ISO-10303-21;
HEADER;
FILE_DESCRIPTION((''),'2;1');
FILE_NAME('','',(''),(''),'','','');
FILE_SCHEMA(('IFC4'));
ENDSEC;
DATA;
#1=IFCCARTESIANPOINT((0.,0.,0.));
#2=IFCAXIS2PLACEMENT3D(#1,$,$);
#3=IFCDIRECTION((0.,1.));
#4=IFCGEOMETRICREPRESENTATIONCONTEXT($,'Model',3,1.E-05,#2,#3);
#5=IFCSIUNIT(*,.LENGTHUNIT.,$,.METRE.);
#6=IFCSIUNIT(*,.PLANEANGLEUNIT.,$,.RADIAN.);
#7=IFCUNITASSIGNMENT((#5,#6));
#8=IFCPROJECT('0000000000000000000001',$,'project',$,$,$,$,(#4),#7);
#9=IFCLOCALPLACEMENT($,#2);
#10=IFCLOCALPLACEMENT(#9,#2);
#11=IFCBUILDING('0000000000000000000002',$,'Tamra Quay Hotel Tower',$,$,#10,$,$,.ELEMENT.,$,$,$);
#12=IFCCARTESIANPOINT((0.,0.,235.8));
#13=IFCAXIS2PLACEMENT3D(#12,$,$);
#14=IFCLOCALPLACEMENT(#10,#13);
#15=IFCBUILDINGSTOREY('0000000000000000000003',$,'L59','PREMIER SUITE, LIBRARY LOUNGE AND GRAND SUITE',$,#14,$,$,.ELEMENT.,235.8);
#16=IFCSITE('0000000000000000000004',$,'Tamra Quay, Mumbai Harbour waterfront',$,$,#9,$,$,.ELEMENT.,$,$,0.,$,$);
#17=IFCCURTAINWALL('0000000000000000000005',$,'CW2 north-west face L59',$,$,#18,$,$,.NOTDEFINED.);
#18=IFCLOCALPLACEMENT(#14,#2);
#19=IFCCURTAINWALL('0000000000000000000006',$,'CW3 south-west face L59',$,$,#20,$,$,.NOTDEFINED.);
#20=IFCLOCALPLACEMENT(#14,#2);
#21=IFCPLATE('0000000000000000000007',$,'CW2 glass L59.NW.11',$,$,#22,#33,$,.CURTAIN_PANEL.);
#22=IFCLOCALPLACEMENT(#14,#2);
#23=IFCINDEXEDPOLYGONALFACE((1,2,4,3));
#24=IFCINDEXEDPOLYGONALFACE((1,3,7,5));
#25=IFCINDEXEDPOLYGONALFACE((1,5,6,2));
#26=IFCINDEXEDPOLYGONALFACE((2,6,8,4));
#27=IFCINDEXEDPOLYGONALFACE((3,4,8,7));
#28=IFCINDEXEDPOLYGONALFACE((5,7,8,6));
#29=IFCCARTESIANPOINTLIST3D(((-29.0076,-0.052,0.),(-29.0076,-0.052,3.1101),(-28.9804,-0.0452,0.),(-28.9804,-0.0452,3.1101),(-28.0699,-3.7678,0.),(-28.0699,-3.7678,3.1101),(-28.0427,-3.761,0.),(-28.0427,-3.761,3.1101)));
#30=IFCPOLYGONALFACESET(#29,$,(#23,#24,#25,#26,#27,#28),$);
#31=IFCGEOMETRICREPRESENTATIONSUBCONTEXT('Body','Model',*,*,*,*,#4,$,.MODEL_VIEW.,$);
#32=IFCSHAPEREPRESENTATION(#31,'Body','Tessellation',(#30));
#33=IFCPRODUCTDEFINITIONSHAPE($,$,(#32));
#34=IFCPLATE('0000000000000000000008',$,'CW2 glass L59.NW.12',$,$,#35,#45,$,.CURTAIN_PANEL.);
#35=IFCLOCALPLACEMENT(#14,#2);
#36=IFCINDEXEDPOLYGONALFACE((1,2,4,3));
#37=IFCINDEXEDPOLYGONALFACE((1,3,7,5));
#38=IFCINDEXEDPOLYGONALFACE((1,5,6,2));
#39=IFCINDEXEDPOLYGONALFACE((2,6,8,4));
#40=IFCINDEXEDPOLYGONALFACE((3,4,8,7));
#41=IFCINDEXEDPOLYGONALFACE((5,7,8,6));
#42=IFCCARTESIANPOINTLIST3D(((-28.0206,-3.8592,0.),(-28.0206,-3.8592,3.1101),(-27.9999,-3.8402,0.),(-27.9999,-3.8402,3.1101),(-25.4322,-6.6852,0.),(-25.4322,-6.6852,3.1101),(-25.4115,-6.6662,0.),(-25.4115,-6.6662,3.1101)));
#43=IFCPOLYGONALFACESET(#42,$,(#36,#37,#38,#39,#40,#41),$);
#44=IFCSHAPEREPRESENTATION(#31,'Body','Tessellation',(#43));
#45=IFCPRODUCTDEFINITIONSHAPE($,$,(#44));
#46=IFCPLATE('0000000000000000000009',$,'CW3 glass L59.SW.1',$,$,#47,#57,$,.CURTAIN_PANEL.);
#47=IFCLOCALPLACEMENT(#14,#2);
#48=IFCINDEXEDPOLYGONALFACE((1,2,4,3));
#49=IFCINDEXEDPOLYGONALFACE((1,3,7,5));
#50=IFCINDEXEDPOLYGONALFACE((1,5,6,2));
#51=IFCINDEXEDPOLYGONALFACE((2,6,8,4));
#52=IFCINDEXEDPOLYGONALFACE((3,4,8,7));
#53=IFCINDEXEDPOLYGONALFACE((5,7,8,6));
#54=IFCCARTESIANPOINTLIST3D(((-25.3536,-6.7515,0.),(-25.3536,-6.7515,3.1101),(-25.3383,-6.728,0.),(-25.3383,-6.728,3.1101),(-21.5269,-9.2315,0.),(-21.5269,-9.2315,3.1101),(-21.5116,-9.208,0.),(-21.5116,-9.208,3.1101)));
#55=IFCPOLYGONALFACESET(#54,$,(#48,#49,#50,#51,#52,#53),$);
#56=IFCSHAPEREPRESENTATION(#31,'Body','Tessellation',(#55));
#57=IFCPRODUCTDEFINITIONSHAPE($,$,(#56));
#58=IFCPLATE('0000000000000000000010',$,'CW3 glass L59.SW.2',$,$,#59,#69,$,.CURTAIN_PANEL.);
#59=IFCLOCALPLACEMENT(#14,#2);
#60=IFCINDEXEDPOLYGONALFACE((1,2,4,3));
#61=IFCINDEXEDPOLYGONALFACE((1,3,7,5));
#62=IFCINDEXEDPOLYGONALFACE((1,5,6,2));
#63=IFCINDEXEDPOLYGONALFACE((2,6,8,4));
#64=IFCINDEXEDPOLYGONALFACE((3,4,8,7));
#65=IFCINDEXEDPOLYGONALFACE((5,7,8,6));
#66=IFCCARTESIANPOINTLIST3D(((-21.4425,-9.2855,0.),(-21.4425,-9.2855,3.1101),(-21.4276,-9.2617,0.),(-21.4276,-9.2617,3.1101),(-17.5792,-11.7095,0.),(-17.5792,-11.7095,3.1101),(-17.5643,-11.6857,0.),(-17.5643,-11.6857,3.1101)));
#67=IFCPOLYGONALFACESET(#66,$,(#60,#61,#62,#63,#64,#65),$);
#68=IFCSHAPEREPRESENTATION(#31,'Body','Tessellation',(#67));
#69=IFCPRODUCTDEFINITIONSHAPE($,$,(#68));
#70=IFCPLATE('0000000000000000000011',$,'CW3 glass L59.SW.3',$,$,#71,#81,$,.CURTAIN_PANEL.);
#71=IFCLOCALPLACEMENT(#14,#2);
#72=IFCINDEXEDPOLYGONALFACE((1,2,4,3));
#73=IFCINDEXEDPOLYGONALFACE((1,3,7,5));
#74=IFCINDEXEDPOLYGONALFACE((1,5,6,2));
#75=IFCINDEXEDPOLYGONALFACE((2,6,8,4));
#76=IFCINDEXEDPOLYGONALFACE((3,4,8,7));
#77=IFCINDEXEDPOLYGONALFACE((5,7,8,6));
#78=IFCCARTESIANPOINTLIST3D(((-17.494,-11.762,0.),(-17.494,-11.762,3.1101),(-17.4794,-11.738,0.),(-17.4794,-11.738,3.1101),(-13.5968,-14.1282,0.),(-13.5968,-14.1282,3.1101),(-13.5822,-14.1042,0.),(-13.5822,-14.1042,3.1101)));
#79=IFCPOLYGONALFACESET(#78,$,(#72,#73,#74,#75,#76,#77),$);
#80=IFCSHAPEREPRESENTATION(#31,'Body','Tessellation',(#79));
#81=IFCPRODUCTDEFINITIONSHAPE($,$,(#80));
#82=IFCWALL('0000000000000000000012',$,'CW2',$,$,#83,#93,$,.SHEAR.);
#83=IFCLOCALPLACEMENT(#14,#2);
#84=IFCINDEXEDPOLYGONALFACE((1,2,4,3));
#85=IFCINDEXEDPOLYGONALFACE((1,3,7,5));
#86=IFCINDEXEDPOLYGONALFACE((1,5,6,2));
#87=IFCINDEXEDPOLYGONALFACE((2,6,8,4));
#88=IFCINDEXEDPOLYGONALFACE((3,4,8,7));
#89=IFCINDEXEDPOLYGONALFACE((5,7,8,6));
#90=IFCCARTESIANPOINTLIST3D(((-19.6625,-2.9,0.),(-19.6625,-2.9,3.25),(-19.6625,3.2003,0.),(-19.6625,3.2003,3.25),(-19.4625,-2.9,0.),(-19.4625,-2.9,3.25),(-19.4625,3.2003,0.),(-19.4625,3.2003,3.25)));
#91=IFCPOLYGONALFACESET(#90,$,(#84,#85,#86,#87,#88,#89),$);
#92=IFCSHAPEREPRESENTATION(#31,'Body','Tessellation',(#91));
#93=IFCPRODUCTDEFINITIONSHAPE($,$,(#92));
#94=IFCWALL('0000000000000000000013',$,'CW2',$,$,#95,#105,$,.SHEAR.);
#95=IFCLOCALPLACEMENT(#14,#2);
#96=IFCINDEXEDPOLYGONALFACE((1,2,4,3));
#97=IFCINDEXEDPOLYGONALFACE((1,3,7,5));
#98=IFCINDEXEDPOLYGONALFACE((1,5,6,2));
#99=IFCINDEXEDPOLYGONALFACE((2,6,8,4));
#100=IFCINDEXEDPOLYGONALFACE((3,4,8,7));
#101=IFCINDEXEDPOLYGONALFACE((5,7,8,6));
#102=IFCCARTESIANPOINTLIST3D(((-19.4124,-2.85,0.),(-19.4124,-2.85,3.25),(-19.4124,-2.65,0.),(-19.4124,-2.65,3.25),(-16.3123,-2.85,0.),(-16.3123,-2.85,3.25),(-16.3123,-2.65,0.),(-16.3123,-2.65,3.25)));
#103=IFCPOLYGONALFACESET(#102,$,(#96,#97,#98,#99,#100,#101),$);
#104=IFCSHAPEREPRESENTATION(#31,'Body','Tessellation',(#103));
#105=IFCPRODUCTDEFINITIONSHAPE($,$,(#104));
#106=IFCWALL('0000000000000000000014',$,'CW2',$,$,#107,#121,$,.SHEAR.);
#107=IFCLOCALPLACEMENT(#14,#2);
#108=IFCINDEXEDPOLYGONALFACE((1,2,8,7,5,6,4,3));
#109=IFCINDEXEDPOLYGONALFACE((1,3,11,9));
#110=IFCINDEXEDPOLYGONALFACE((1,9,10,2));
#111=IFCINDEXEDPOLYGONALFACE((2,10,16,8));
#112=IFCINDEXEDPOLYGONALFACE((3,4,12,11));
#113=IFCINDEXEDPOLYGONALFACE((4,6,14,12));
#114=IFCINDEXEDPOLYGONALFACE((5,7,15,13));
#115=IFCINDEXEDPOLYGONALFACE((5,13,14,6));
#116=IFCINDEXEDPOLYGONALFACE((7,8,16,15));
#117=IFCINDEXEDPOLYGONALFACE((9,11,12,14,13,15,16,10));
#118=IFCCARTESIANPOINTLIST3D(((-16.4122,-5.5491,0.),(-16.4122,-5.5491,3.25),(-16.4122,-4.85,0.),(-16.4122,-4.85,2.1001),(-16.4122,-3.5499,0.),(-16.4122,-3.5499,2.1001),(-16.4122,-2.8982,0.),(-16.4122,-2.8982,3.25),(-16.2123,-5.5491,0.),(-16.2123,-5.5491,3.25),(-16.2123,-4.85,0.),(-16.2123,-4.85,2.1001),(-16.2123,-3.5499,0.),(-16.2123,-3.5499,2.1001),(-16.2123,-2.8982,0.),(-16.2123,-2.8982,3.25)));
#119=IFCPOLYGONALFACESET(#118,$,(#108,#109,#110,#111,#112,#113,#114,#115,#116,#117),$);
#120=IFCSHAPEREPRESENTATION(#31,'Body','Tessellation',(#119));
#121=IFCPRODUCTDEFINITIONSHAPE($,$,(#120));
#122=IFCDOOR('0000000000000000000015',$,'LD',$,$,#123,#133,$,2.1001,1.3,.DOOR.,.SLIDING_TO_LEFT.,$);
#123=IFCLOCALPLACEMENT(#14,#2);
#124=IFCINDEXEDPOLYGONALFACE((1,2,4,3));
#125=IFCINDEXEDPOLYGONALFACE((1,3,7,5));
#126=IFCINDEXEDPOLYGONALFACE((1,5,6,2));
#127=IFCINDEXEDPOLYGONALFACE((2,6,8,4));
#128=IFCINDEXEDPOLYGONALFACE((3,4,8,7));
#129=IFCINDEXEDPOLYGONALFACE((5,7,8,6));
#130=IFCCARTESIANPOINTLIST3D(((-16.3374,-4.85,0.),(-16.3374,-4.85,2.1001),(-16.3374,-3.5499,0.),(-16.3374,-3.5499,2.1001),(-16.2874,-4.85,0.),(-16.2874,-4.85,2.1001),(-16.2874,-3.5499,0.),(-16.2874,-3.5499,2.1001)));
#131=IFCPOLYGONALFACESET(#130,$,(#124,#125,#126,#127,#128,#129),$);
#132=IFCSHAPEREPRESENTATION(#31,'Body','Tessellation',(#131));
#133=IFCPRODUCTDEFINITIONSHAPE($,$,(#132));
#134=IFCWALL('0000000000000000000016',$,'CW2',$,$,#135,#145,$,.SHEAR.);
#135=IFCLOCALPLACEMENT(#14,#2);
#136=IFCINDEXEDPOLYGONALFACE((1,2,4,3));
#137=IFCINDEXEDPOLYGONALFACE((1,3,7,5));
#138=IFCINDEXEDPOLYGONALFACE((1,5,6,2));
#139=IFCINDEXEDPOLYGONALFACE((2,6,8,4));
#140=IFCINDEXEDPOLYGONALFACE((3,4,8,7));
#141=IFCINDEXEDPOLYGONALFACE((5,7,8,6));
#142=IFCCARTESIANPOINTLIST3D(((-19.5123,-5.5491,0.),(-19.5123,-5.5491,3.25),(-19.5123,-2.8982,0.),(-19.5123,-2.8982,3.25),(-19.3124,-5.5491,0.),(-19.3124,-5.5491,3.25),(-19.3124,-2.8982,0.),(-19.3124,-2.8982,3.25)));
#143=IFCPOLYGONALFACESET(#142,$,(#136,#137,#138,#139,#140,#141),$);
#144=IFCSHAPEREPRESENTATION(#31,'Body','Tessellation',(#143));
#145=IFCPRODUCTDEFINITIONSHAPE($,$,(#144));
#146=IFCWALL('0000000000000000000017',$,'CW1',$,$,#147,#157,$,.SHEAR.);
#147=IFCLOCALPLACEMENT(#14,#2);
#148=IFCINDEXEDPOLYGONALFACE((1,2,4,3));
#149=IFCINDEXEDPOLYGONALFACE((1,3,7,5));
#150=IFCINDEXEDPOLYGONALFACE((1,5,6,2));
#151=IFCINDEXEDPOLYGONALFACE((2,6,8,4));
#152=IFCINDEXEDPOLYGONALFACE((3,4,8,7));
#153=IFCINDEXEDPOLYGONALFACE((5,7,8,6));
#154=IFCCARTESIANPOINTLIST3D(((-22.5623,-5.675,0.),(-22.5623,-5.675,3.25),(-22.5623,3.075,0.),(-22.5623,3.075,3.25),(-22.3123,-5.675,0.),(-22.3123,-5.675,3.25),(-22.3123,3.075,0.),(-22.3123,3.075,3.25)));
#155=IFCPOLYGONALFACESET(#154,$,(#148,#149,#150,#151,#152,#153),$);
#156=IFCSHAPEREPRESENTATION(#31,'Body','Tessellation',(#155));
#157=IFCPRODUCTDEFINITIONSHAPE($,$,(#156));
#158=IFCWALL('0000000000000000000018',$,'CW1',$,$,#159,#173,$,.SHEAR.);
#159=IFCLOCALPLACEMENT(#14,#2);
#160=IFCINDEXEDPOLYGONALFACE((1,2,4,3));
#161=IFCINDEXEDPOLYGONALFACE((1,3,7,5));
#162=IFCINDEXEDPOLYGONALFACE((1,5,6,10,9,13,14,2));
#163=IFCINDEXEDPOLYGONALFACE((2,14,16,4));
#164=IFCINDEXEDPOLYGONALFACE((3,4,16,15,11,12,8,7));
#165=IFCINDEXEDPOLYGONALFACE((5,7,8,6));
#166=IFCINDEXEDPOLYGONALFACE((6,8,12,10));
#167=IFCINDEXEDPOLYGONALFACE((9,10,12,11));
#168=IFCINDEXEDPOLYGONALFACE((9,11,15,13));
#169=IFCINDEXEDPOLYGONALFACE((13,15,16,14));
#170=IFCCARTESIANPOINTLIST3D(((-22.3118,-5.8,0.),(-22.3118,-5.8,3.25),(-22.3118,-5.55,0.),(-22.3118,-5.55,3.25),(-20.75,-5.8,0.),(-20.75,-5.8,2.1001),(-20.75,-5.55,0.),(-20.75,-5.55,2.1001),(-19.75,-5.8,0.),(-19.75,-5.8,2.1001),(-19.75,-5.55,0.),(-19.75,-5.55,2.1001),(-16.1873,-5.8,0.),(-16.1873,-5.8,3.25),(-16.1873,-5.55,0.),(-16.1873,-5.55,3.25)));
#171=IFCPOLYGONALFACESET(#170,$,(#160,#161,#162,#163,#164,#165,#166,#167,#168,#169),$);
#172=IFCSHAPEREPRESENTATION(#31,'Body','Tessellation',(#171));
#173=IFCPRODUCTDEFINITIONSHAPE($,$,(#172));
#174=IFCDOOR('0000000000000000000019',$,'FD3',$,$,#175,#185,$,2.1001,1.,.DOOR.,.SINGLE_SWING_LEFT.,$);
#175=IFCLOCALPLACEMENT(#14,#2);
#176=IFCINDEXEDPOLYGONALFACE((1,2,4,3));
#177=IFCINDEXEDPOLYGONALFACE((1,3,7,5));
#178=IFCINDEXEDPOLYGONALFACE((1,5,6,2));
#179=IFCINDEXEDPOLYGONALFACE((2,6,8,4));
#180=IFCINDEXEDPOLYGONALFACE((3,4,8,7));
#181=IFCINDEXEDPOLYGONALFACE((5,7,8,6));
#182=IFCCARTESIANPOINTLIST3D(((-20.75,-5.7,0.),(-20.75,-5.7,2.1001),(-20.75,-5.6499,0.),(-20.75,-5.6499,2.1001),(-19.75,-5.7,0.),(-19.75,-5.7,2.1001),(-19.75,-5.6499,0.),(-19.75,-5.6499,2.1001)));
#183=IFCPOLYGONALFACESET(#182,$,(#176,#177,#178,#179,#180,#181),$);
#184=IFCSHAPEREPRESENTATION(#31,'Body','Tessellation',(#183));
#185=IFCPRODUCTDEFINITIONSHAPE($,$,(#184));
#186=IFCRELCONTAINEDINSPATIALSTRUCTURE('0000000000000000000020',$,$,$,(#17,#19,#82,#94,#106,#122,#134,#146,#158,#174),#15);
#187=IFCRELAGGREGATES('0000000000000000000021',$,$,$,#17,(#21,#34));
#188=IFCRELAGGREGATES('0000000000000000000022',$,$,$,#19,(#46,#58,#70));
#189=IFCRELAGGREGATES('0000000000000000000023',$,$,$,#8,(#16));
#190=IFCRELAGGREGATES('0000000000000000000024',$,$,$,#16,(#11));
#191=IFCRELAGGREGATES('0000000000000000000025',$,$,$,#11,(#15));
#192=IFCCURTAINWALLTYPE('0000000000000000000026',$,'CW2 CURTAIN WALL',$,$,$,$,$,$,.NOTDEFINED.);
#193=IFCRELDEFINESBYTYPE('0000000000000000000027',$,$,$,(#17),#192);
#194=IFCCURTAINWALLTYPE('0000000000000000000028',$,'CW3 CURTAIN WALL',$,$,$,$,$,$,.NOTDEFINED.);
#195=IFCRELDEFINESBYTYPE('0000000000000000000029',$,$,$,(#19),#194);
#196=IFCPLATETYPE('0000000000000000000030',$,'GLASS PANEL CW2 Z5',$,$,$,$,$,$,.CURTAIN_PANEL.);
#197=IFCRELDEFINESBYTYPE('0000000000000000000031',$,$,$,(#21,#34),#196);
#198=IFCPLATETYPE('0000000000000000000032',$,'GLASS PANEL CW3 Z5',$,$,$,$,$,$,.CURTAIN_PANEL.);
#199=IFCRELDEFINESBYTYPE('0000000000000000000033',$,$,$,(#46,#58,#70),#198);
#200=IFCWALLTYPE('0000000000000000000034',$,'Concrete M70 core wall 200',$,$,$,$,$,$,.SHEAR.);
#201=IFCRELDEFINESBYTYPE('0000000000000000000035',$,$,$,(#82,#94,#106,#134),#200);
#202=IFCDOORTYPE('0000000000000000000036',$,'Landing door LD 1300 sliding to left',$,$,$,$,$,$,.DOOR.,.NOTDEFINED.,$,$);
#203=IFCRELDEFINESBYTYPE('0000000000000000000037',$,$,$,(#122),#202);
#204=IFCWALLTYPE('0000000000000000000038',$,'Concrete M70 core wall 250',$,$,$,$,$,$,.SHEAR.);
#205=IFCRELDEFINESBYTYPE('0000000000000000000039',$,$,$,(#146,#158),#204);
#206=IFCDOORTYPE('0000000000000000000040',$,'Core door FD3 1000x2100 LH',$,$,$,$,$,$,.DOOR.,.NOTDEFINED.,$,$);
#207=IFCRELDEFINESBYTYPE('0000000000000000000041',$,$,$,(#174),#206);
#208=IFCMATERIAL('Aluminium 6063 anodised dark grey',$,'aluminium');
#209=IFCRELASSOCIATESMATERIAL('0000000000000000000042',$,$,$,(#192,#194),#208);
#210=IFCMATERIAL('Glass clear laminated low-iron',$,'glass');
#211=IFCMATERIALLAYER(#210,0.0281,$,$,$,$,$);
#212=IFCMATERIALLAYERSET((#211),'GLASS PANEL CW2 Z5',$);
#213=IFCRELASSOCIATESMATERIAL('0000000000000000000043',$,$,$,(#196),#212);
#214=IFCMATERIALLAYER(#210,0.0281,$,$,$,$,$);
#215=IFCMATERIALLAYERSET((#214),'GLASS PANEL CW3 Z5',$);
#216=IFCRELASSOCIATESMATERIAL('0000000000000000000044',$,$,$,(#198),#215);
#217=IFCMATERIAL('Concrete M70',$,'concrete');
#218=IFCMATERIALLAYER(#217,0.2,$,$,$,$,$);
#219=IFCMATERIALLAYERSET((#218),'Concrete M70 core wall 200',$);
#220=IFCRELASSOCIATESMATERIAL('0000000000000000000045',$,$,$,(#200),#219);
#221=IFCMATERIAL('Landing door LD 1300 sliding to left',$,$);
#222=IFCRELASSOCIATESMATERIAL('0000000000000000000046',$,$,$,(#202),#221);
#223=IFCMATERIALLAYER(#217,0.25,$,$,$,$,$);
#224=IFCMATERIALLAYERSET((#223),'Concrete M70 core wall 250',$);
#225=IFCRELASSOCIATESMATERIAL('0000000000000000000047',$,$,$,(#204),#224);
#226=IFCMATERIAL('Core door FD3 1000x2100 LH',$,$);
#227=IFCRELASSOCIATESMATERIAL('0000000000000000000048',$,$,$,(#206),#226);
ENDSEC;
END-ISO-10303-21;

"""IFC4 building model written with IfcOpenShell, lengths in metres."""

from ifc_helpers import new_model, si_unit, direction, frame, frame_2d, origin, origin_2d, place, context, subcontext, project, spatial, rectangle, extrude, material, layer, layer_set, type_object, element, fill, aggregate, save


model = new_model("IFC4")

# Units and contexts
model_context = context("Model", 3, precision=1e-05, world=origin(), true_north=direction((0.0, 1.0)))
body_context = subcontext(model_context, "Body", "Model", "MODEL_VIEW")
ifc_project = project(units=[si_unit("LENGTHUNIT", "METRE"), si_unit("PLANEANGLEUNIT", "RADIAN")], contexts=[model_context])

# Site, building, storey
site_placement = place(None, origin())
site = spatial("IfcSite", under=ifc_project, at=site_placement, Name="Tamra Quay, Mumbai Harbour waterfront", CompositionType="ELEMENT", RefElevation=0.0)
building_placement = place(site_placement, origin())
building = spatial("IfcBuilding", under=site, at=building_placement, Name="Tamra Quay Hotel Tower", CompositionType="ELEMENT")
storey_placement = place(building_placement, frame((0.0, 0.0, 235.8)))
storey = spatial("IfcBuildingStorey", under=building, at=storey_placement, Name="L59", Description="PREMIER SUITE, LIBRARY LOUNGE AND GRAND SUITE", CompositionType="ELEMENT", Elevation=235.8)

# Shared definitions
ifc_material_1 = material(Name="Concrete M70", Category="concrete")

# Curtain walls
ifc_material_2 = material(Name="Aluminium 6063 anodised dark grey", Category="aluminium")
curtain_wall_type_1 = type_object("IfcCurtainWallType", Name="CW2 CURTAIN WALL", PredefinedType="NOTDEFINED", material=ifc_material_2)
curtain_wall_1_placement = place(storey_placement, origin())
curtain_wall_1 = element("IfcCurtainWall", 1, at=curtain_wall_1_placement, inside=storey, type_object=curtain_wall_type_1, Name="CW2 north-west face L59", PredefinedType="NOTDEFINED")
curtain_wall_type_2 = type_object("IfcCurtainWallType", Name="CW3 CURTAIN WALL", PredefinedType="NOTDEFINED", material=ifc_material_2)
curtain_wall_2_placement = place(storey_placement, origin())
curtain_wall_2 = element("IfcCurtainWall", 2, at=curtain_wall_2_placement, inside=storey, type_object=curtain_wall_type_2, Name="CW3 south-west face L59", PredefinedType="NOTDEFINED")

# Plates
ifc_material_3 = material(Name="Glass clear laminated low-iron", Category="glass")
ifc_layer_1 = layer(ifc_material_3, 0.0281)
ifc_layer_set_1 = layer_set([ifc_layer_1], Name="GLASS PANEL CW2 Z5")
plate_type_1 = type_object("IfcPlateType", Name="GLASS PANEL CW2 Z5", PredefinedType="CURTAIN_PANEL", material=ifc_layer_set_1)
plate_1_placement = place(storey_placement, frame((-28.5251, -1.9065, 0.0), z_axis=(0.0, 0.0, 1.0), x_axis=(0.244677, -0.969605, 0.0)))
plate_1 = element("IfcPlate", 3, at=plate_1_placement, type_object=plate_type_1, Name="CW2 glass L59.NW.11", PredefinedType="CURTAIN_PANEL", context=body_context, shape_type="SweptSolid", body=[
    extrude(rectangle(XDim=3.8323, YDim=0.0281, at=origin_2d()), origin(), (0.0, 0.0, 1.0), 3.1101),
])
plate_2_placement = place(storey_placement, frame((-26.7161, -5.2627, 0.0), z_axis=(0.0, 0.0, 1.0), x_axis=(0.675438, -0.737417, 0.0)))
plate_2 = element("IfcPlate", 4, at=plate_2_placement, type_object=plate_type_1, Name="CW2 glass L59.NW.12", PredefinedType="CURTAIN_PANEL", context=body_context, shape_type="SweptSolid", body=[
    extrude(rectangle(XDim=3.8323, YDim=0.0281, at=origin_2d()), origin(), (0.0, 0.0, 1.0), 3.1101),
])
aggregate(curtain_wall_1, [plate_1, plate_2])
ifc_layer_2 = layer(ifc_material_3, 0.0281)
ifc_layer_set_2 = layer_set([ifc_layer_2], Name="GLASS PANEL CW3 Z5")
plate_type_2 = type_object("IfcPlateType", Name="GLASS PANEL CW3 Z5", PredefinedType="CURTAIN_PANEL", material=ifc_layer_set_2)
plate_3_placement = place(storey_placement, frame((-23.4326, -7.9797, 0.0), z_axis=(0.0, 0.0, 1.0), x_axis=(0.839179, -0.543855, 0.0)))
plate_3 = element("IfcPlate", 5, at=plate_3_placement, type_object=plate_type_2, Name="CW3 glass L59.SW.1", PredefinedType="CURTAIN_PANEL", context=body_context, shape_type="SweptSolid", body=[
    extrude(rectangle(XDim=4.5601, YDim=0.0281, at=origin_2d()), origin(), (0.0, 0.0, 1.0), 3.1101),
])
plate_4_placement = place(storey_placement, frame((-19.5034, -10.4856, 0.0), z_axis=(0.0, 0.0, 1.0), x_axis=(0.847069, -0.531484, 0.0)))
plate_4 = element("IfcPlate", 6, at=plate_4_placement, type_object=plate_type_2, Name="CW3 glass L59.SW.2", PredefinedType="CURTAIN_PANEL", context=body_context, shape_type="SweptSolid", body=[
    extrude(rectangle(XDim=4.5608, YDim=0.0281, at=origin_2d()), origin(), (0.0, 0.0, 1.0), 3.1101),
])
plate_5_placement = place(storey_placement, frame((-15.5381, -12.9331, 0.0), z_axis=(0.0, 0.0, 1.0), x_axis=(0.854783, -0.518985, 0.0)))
plate_5 = element("IfcPlate", 7, at=plate_5_placement, type_object=plate_type_2, Name="CW3 glass L59.SW.3", PredefinedType="CURTAIN_PANEL", context=body_context, shape_type="SweptSolid", body=[
    extrude(rectangle(XDim=4.5593, YDim=0.0281, at=origin_2d()), origin(), (0.0, 0.0, 1.0), 3.1101),
])
aggregate(curtain_wall_2, [plate_3, plate_4, plate_5])

# Walls
ifc_layer_3 = layer(ifc_material_1, 0.2)
ifc_layer_set_3 = layer_set([ifc_layer_3], Name="Concrete M70 core wall 200")
wall_type_1 = type_object("IfcWallType", Name="Concrete M70 core wall 200", PredefinedType="SHEAR", material=ifc_layer_set_3)
wall_1_placement = place(storey_placement, frame((-19.5625, -2.9001, 0.0), z_axis=(0.0, 0.0, 1.0), x_axis=(0.0, 1.0, 0.0)))
element("IfcWall", 8, at=wall_1_placement, inside=storey, type_object=wall_type_1, Name="CW2", PredefinedType="SHEAR", context=body_context, shape_type="SweptSolid", body=[
    extrude(rectangle(XDim=6.1003, YDim=0.2, at=frame_2d((3.0503, 0.0))), origin(), (0.0, 0.0, 1.0), 3.25),
])
wall_2_placement = place(storey_placement, frame((-19.4124, -2.75, 0.0), z_axis=(0.0, 0.0, 1.0), x_axis=(1.0, 0.0, 0.0)))
element("IfcWall", 9, at=wall_2_placement, inside=storey, type_object=wall_type_1, Name="CW2", PredefinedType="SHEAR", context=body_context, shape_type="SweptSolid", body=[
    extrude(rectangle(XDim=3.1001, YDim=0.2, at=frame_2d((1.55, 0.0))), origin(), (0.0, 0.0, 1.0), 3.25),
])

# Wall, opening, door
wall_3_placement = place(storey_placement, frame((-16.3123, -2.8982, 0.0), z_axis=(0.0, 0.0, 1.0), x_axis=(0.0, -1.0, 0.0)))
wall_3 = element("IfcWall", 10, at=wall_3_placement, inside=storey, type_object=wall_type_1, Name="CW2", PredefinedType="SHEAR", context=body_context, shape_type="SweptSolid", body=[
    extrude(rectangle(XDim=2.6509, YDim=0.2, at=frame_2d((1.3254, 0.0))), origin(), (0.0, 0.0, 1.0), 3.25),
])
opening_1_placement = place(wall_3_placement, frame((0.6519, 0.0, 0.0)))
opening_1 = element("IfcOpeningElement", 11, at=opening_1_placement, cuts=wall_3, PredefinedType="OPENING", context=body_context, shape_type="SweptSolid", body=[
    extrude(rectangle(XDim=1.3, YDim=2.1001, at=frame_2d((0.6499, 1.05))), frame((0.0, 0.1099, 0.0), z_axis=(0.0, -1.0, 0.0), x_axis=(1.0, 0.0, 0.0)), (0.0, 0.0, 1.0), 0.22),
])
ifc_material_4 = material(Name="Landing door LD 1300 sliding to left")
door_type_1 = type_object("IfcDoorType", Name="Landing door LD 1300 sliding to left", OperationType="NOTDEFINED", PredefinedType="DOOR", material=ifc_material_4)
door_1_placement = place(opening_1_placement, origin())
door_1 = element("IfcDoor", 12, at=door_1_placement, inside=storey, type_object=door_type_1, Name="LD", OperationType="SLIDING_TO_LEFT", OverallHeight=2.1001, OverallWidth=1.3, PredefinedType="DOOR", context=body_context, shape_type="SweptSolid", body=[
    extrude(rectangle(XDim=1.3, YDim=2.1001, at=frame_2d((0.6499, 1.05))), frame((0.0, 0.0249, 0.0), z_axis=(0.0, -1.0, 0.0), x_axis=(1.0, 0.0, 0.0)), (0.0, 0.0, 1.0), 0.05),
])
fill(opening_1, door_1)

# Walls
wall_4_placement = place(storey_placement, frame((-19.4124, -5.5491, 0.0), z_axis=(0.0, 0.0, 1.0), x_axis=(0.0, 1.0, 0.0)))
element("IfcWall", 13, at=wall_4_placement, inside=storey, type_object=wall_type_1, Name="CW2", PredefinedType="SHEAR", context=body_context, shape_type="SweptSolid", body=[
    extrude(rectangle(XDim=2.6509, YDim=0.2, at=frame_2d((1.3254, 0.0))), origin(), (0.0, 0.0, 1.0), 3.25),
])
ifc_layer_4 = layer(ifc_material_1, 0.25)
ifc_layer_set_4 = layer_set([ifc_layer_4], Name="Concrete M70 core wall 250")
wall_type_2 = type_object("IfcWallType", Name="Concrete M70 core wall 250", PredefinedType="SHEAR", material=ifc_layer_set_4)
wall_5_placement = place(storey_placement, frame((-22.4373, -5.675, 0.0), z_axis=(0.0, 0.0, 1.0), x_axis=(0.0, 1.0, 0.0)))
element("IfcWall", 14, at=wall_5_placement, inside=storey, type_object=wall_type_2, Name="CW1", PredefinedType="SHEAR", context=body_context, shape_type="SweptSolid", body=[
    extrude(rectangle(XDim=8.75, YDim=0.25, at=frame_2d((4.375, 0.0))), origin(), (0.0, 0.0, 1.0), 3.25),
])

# Wall, opening, door
wall_6_placement = place(storey_placement, frame((-16.1873, -5.675, 0.0), z_axis=(0.0, 0.0, 1.0), x_axis=(-1.0, 0.0, 0.0)))
wall_6 = element("IfcWall", 15, at=wall_6_placement, inside=storey, type_object=wall_type_2, Name="CW1", PredefinedType="SHEAR", context=body_context, shape_type="SweptSolid", body=[
    extrude(rectangle(XDim=6.1245, YDim=0.25, at=frame_2d((3.0623, 0.0))), origin(), (0.0, 0.0, 1.0), 3.25),
])
opening_2_placement = place(wall_6_placement, frame((3.5627, 0.0, 0.0)))
opening_2 = element("IfcOpeningElement", 16, at=opening_2_placement, cuts=wall_6, PredefinedType="OPENING", context=body_context, shape_type="SweptSolid", body=[
    extrude(rectangle(XDim=1.0, YDim=2.1001, at=frame_2d((0.5, 1.05))), frame((0.0, 0.135, 0.0), z_axis=(0.0, -1.0, 0.0), x_axis=(1.0, 0.0, 0.0)), (0.0, 0.0, 1.0), 0.27),
])
ifc_material_5 = material(Name="Core door FD3 1000x2100 LH")
door_type_2 = type_object("IfcDoorType", Name="Core door FD3 1000x2100 LH", OperationType="NOTDEFINED", PredefinedType="DOOR", material=ifc_material_5)
door_2_placement = place(opening_2_placement, origin())
door_2 = element("IfcDoor", 17, at=door_2_placement, inside=storey, type_object=door_type_2, Name="FD3", OperationType="SINGLE_SWING_LEFT", OverallHeight=2.1001, OverallWidth=1.0, PredefinedType="DOOR", context=body_context, shape_type="SweptSolid", body=[
    extrude(rectangle(XDim=1.0, YDim=2.1001, at=frame_2d((0.5, 1.05))), frame((0.0, 0.0249, 0.0), z_axis=(0.0, -1.0, 0.0), x_axis=(1.0, 0.0, 0.0)), (0.0, 0.0, 1.0), 0.05),
])
fill(opening_2, door_2)

save(model, "model.ifc")
